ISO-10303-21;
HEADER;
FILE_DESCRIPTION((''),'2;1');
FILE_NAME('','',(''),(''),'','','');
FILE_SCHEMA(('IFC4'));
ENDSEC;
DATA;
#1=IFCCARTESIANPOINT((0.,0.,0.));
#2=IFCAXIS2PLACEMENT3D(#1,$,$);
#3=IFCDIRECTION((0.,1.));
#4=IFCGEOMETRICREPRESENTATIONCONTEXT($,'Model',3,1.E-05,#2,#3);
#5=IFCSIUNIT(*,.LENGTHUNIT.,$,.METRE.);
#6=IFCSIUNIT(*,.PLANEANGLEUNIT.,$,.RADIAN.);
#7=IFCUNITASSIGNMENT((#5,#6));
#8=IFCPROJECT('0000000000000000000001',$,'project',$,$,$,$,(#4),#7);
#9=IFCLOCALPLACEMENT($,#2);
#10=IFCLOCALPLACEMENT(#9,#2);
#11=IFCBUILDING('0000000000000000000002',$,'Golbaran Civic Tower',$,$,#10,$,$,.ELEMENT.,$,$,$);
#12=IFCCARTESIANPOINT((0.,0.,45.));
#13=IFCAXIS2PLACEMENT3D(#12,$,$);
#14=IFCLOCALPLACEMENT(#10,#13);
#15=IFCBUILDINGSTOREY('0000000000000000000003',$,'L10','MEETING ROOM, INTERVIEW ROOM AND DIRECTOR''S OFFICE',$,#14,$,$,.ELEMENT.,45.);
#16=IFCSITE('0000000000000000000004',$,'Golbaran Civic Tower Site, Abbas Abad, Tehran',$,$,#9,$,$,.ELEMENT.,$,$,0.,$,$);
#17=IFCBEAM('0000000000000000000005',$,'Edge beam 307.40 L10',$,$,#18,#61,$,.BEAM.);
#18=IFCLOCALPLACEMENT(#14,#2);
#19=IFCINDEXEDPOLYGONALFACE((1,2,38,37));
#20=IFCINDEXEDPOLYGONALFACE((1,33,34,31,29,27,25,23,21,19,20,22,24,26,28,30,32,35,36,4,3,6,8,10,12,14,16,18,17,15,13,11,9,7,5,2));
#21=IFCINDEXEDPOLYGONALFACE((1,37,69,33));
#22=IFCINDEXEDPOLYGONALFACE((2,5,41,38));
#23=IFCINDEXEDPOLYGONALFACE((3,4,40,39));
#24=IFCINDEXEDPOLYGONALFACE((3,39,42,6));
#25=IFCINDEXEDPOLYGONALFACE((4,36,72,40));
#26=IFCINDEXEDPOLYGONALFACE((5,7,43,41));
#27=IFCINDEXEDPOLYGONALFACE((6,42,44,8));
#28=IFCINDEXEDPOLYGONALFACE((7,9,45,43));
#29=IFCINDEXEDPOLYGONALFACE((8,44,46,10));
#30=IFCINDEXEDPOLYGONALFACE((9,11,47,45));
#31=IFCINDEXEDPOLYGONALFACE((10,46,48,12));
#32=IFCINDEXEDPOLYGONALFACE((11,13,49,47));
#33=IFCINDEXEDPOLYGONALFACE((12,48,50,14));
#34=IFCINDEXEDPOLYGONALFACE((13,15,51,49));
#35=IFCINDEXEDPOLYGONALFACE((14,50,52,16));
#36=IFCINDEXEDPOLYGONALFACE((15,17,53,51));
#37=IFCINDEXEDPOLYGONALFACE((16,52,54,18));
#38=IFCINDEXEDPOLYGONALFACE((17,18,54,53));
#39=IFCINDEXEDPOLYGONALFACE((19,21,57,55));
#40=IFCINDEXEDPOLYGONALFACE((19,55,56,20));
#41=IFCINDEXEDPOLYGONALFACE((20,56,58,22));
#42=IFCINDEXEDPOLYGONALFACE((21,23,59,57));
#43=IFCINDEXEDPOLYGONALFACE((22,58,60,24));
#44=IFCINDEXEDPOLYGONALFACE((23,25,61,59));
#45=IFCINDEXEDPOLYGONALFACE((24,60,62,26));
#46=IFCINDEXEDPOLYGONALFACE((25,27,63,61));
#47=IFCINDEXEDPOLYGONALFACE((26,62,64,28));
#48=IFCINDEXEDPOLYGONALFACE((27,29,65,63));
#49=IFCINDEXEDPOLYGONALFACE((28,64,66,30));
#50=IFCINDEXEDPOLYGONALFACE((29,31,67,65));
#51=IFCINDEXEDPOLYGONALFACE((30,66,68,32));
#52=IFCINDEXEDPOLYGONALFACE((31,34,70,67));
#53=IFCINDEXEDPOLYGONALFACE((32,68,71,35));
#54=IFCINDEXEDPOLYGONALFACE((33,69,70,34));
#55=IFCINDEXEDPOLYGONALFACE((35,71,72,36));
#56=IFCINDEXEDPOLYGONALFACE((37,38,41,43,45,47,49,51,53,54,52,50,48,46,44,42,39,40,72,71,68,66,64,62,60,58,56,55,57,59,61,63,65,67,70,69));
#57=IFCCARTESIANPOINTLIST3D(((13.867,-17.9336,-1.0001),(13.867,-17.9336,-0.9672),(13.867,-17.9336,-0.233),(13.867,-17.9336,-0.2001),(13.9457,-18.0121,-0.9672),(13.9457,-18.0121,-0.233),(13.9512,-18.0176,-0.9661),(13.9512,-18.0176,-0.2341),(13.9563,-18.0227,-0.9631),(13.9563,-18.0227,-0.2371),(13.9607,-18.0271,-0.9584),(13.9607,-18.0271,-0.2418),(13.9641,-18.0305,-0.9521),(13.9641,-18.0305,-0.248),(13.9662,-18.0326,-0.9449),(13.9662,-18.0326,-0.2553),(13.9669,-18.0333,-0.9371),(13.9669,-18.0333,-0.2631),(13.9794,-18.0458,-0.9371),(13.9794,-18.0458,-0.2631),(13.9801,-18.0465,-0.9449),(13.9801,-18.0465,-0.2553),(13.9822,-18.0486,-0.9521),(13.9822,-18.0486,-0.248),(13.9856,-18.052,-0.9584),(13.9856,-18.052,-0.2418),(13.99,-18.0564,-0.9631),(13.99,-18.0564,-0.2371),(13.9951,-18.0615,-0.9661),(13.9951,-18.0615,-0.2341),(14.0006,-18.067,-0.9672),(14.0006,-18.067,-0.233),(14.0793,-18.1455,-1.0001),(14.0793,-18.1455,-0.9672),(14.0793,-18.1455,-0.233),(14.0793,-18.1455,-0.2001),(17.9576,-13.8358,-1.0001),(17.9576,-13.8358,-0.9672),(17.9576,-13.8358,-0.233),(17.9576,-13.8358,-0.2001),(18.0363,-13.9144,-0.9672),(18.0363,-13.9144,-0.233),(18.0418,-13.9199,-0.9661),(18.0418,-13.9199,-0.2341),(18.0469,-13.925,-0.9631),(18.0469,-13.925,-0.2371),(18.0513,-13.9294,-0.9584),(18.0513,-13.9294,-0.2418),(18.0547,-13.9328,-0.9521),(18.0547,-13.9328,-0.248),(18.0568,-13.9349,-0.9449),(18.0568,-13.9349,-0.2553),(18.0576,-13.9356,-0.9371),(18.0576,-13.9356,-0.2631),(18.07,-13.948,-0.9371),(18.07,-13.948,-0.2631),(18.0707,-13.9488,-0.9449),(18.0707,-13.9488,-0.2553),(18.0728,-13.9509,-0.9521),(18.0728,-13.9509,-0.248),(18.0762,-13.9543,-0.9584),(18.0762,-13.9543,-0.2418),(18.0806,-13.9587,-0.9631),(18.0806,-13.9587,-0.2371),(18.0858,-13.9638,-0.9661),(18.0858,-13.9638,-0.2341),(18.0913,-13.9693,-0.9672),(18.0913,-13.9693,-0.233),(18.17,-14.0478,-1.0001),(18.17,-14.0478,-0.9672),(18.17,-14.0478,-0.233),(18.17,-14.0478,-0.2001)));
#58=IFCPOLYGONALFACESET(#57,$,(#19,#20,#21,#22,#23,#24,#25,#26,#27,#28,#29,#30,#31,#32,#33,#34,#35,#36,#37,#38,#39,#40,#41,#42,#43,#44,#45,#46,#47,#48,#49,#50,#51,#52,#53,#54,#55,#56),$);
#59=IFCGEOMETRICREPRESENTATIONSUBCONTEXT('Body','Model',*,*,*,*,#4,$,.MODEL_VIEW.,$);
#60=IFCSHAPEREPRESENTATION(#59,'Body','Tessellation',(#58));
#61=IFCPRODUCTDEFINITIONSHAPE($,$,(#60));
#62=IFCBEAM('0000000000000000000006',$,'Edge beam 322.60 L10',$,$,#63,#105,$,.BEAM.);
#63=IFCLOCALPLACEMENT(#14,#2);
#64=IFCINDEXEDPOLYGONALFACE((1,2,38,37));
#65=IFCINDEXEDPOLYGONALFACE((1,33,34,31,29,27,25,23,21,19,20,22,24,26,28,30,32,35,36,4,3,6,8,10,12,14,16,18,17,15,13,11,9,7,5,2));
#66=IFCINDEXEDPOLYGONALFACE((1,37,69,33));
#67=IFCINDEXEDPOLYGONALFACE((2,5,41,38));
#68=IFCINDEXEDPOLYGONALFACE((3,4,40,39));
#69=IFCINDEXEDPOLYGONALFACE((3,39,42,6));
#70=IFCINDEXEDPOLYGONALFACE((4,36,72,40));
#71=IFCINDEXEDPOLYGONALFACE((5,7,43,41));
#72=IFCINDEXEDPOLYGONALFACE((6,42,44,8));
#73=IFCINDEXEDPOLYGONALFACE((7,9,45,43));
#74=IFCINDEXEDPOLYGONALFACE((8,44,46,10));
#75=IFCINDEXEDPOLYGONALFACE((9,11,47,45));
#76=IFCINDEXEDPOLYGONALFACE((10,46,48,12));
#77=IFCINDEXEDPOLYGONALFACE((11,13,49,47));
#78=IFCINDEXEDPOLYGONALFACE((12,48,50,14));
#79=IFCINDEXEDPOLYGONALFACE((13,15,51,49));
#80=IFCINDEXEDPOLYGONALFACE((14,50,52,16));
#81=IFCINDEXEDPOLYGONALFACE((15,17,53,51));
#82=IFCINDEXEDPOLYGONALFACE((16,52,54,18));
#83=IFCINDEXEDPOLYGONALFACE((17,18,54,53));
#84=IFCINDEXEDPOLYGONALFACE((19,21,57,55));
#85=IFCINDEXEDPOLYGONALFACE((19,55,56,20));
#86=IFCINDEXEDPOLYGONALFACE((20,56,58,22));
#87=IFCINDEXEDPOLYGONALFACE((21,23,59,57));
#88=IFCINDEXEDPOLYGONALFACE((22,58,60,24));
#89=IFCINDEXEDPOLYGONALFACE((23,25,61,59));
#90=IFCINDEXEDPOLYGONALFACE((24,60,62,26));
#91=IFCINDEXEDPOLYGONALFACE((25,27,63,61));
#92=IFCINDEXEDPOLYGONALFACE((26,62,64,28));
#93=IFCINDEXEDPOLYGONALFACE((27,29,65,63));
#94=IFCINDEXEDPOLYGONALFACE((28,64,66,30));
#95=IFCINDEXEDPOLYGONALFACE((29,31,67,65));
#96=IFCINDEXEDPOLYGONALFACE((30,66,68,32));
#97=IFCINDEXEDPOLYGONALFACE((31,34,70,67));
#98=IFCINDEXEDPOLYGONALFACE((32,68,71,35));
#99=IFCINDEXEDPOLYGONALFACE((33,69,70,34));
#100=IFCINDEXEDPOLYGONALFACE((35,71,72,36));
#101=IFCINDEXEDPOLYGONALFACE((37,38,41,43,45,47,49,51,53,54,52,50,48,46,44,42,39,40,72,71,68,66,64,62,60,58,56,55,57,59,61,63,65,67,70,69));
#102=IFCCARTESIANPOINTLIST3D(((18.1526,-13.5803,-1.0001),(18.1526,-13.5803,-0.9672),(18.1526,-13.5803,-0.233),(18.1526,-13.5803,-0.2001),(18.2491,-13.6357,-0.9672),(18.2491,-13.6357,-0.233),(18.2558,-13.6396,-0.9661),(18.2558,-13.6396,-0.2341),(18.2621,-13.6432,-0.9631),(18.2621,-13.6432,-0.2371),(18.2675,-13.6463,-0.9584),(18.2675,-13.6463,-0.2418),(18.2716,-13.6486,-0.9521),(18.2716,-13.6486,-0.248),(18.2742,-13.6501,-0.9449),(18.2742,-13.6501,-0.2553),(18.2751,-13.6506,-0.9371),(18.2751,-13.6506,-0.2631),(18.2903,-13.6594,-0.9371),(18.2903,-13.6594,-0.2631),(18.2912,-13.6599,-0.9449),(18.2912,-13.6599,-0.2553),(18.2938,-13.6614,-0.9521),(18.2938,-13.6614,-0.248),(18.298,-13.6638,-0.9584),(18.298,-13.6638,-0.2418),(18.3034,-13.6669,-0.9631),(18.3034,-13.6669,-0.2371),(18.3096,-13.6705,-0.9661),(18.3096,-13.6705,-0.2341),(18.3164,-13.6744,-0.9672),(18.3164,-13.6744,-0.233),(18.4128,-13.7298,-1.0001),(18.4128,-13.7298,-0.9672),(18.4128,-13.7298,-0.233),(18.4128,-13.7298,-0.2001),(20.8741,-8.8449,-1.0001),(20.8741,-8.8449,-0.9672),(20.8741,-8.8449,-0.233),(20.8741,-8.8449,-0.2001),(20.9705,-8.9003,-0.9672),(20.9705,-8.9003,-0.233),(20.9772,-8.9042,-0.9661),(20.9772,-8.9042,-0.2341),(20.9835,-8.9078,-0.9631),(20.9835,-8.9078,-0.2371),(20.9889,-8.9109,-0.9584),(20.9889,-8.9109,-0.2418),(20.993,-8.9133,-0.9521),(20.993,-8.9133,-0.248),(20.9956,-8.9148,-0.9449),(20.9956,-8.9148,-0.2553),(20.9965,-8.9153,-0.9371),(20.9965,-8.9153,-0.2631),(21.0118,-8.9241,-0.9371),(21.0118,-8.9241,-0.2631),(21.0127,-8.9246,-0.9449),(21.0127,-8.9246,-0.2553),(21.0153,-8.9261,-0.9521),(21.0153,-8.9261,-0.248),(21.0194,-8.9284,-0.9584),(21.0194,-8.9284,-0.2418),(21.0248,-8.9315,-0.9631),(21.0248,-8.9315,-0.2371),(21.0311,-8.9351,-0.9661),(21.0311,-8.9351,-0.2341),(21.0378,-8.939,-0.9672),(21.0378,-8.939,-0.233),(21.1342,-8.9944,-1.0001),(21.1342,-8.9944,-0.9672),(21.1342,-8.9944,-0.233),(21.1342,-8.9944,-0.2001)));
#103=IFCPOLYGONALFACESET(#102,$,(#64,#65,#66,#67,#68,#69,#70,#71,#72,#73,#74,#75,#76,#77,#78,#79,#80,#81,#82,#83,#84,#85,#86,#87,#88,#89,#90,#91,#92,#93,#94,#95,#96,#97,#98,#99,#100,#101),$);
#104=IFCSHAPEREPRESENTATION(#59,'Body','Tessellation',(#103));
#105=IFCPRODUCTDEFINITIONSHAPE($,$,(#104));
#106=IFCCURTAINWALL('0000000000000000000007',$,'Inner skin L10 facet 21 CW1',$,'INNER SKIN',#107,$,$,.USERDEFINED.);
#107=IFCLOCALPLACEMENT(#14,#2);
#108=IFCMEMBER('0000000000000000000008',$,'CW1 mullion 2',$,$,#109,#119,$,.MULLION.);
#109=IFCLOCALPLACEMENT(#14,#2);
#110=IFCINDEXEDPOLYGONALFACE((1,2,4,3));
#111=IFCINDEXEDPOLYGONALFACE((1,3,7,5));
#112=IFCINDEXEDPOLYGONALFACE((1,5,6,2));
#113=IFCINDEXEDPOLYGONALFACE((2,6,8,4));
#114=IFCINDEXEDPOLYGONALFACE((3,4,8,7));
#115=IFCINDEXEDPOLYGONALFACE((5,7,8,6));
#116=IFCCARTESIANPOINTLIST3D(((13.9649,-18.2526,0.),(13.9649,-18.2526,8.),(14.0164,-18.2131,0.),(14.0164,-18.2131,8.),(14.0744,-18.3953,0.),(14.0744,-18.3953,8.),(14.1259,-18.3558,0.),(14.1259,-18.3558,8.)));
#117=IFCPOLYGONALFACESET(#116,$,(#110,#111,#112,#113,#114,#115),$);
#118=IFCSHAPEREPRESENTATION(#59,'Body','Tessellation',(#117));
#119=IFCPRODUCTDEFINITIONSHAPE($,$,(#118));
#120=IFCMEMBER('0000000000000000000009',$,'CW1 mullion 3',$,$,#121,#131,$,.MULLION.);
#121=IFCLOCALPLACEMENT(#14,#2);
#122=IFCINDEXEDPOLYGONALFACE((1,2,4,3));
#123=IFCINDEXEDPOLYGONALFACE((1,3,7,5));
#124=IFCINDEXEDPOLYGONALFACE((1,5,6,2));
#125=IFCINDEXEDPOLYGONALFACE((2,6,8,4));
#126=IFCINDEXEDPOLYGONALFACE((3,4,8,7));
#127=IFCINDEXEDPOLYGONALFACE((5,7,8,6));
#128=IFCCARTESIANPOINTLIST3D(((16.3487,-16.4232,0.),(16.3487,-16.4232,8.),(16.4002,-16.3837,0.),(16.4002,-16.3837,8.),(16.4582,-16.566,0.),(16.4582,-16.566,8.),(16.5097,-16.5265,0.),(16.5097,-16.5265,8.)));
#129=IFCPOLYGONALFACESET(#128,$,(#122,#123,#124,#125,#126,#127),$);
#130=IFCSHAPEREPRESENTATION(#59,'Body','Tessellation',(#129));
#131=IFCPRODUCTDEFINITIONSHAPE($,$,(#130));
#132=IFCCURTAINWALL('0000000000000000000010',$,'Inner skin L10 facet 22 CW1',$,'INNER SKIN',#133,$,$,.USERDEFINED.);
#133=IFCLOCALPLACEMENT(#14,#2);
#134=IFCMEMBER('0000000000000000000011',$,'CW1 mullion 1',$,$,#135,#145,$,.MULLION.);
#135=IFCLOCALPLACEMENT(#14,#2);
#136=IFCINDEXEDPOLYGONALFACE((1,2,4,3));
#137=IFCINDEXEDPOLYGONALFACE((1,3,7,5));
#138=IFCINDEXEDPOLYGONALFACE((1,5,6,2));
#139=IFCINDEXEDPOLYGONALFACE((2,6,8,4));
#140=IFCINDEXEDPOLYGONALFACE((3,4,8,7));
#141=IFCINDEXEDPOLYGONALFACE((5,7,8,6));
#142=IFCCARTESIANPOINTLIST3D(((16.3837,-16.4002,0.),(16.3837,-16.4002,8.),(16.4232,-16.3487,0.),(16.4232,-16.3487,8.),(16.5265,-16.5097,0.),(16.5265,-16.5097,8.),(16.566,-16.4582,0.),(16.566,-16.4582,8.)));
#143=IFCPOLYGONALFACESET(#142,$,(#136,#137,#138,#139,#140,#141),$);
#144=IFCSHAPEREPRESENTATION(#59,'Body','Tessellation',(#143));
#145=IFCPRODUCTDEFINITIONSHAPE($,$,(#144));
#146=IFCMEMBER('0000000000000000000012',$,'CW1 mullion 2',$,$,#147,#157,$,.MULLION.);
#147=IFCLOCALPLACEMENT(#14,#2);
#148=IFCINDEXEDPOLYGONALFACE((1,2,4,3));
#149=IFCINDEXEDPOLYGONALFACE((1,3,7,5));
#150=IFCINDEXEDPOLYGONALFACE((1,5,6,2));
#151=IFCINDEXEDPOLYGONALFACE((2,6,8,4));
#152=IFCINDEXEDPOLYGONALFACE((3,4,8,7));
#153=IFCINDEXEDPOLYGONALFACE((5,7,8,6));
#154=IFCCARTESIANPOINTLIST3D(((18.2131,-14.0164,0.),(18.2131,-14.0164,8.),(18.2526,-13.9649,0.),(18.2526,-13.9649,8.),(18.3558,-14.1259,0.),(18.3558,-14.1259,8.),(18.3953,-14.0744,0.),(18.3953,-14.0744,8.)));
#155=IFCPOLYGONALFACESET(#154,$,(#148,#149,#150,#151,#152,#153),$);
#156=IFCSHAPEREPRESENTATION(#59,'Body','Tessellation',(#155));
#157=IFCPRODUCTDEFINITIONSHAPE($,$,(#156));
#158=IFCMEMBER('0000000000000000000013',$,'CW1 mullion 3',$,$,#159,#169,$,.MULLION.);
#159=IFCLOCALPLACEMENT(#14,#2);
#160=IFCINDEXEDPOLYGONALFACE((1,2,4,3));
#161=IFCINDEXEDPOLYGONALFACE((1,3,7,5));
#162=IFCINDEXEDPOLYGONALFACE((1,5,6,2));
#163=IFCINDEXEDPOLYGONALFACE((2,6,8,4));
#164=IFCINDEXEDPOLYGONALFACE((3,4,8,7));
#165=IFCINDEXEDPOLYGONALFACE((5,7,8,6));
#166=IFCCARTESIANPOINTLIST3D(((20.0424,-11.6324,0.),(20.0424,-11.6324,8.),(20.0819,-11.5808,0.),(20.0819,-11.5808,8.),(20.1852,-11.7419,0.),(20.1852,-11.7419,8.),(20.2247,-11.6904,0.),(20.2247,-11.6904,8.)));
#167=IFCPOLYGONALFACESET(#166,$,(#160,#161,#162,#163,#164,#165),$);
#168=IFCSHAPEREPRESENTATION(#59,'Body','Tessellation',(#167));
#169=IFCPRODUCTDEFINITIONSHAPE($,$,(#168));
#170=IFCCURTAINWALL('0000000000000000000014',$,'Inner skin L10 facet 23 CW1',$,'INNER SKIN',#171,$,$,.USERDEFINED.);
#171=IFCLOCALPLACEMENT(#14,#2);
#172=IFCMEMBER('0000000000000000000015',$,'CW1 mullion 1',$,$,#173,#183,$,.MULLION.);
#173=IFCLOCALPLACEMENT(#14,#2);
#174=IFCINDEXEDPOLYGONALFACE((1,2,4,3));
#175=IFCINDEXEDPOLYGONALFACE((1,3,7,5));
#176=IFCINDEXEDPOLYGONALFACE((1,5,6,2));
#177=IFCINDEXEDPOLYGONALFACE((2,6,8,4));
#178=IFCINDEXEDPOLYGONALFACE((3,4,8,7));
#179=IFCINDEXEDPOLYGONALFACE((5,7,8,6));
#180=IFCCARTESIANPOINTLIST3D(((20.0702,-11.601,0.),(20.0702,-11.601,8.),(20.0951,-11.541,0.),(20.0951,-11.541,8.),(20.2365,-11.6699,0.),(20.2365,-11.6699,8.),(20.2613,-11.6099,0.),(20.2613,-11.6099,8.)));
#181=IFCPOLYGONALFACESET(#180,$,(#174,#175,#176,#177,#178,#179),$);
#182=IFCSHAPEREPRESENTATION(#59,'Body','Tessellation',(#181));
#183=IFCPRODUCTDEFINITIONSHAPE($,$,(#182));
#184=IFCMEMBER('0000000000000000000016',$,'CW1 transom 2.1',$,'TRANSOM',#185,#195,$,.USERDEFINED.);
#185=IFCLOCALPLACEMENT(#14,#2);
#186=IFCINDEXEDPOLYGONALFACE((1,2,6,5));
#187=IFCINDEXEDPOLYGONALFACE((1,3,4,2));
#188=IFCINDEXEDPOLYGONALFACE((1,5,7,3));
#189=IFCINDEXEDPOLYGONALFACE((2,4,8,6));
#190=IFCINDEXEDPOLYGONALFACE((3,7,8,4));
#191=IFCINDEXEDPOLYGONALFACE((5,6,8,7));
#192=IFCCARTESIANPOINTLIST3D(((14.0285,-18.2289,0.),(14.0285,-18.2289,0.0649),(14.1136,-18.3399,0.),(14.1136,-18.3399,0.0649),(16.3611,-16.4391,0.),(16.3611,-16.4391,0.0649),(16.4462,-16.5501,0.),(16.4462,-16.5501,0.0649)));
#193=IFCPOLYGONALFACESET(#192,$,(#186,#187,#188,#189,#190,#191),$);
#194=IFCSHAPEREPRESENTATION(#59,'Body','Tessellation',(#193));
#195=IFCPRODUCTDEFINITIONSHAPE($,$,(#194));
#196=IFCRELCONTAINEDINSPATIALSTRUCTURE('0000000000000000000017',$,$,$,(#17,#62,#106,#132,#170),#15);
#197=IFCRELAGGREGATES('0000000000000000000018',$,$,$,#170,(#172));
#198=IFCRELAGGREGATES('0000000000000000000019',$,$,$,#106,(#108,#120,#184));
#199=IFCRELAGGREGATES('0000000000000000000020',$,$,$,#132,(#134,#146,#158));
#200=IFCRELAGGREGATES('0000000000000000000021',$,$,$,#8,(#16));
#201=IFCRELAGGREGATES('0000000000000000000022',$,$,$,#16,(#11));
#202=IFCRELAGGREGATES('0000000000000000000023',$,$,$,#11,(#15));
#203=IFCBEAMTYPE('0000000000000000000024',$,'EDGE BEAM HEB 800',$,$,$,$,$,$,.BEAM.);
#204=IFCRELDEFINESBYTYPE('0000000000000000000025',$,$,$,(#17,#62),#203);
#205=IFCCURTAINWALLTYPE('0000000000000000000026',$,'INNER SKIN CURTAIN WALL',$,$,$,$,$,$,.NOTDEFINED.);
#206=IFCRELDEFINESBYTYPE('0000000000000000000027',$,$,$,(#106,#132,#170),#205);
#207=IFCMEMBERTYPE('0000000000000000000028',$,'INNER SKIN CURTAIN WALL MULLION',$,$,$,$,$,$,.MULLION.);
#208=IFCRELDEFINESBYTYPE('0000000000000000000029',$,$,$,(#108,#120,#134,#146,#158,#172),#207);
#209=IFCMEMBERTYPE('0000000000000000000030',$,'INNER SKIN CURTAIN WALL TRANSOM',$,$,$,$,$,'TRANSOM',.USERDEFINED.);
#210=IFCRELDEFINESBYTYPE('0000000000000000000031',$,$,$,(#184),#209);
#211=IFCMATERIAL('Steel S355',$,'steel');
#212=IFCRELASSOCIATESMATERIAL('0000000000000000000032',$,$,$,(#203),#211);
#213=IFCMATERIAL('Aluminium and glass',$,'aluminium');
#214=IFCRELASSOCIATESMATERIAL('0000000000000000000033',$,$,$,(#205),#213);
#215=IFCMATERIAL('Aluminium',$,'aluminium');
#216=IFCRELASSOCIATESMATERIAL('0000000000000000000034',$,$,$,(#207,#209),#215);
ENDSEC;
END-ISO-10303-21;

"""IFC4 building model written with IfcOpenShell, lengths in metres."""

from ifc_helpers import new_model, si_unit, direction, frame, origin, origin_2d, place, context, subcontext, project, spatial, rectangle, i_section, extrude, material, material_profile, profile_set, type_object, element, aggregate, save


model = new_model("IFC4")

# Units and contexts
model_context = context("Model", 3, precision=1e-05, world=origin(), true_north=direction((0.0, 1.0)))
body_context = subcontext(model_context, "Body", "Model", "MODEL_VIEW")
ifc_project = project(units=[si_unit("LENGTHUNIT", "METRE"), si_unit("PLANEANGLEUNIT", "RADIAN")], contexts=[model_context])

# Site, building, storey
site_placement = place(None, origin())
site = spatial("IfcSite", under=ifc_project, at=site_placement, Name="Golbaran Civic Tower Site, Abbas Abad, Tehran", CompositionType="ELEMENT", RefElevation=0.0)
building_placement = place(site_placement, origin())
building = spatial("IfcBuilding", under=site, at=building_placement, Name="Golbaran Civic Tower", CompositionType="ELEMENT")
storey_placement = place(building_placement, frame((0.0, 0.0, 45.0)))
storey = spatial("IfcBuildingStorey", under=building, at=storey_placement, Name="L10", Description="MEETING ROOM, INTERVIEW ROOM AND DIRECTOR'S OFFICE", CompositionType="ELEMENT", Elevation=45.0)

# Beams
ifc_material_1 = material(Name="Steel S355", Category="steel")
ifc_material_profile_1 = material_profile(ifc_material_1, i_section(OverallWidth=0.3, OverallDepth=0.8, WebThickness=0.0176, FlangeThickness=0.033, FilletRadius=0.03, at=origin_2d()), Name="HEB 800")
ifc_profile_set_1 = profile_set([ifc_material_profile_1], Name="Steel S355")
beam_type = type_object("IfcBeamType", Name="EDGE BEAM HEB 800", PredefinedType="BEAM", material=ifc_profile_set_1)
beam_1_placement = place(storey_placement, frame((13.9731, -18.0396, -0.6001), z_axis=(0.706495, 0.707718, 0.0), x_axis=(-0.707718, 0.706495, 0.0)))
element("IfcBeam", 1, at=beam_1_placement, inside=storey, type_object=beam_type, Name="Edge beam 307.40 L10", PredefinedType="BEAM", context=body_context, shape_type="SweptSolid", body=[
    extrude(i_section(OverallWidth=0.3, OverallDepth=0.8, WebThickness=0.0176, FlangeThickness=0.033, FilletRadius=0.03, at=origin_2d()), origin(), (0.0, 0.0, 1.0), 5.79),
])
beam_2_placement = place(storey_placement, frame((18.2827, -13.655, -0.6001), z_axis=(0.49828, 0.867016, 0.0), x_axis=(-0.867016, 0.49828, 0.0)))
element("IfcBeam", 2, at=beam_2_placement, inside=storey, type_object=beam_type, Name="Edge beam 322.60 L10", PredefinedType="BEAM", context=body_context, shape_type="SweptSolid", body=[
    extrude(i_section(OverallWidth=0.3, OverallDepth=0.8, WebThickness=0.0176, FlangeThickness=0.033, FilletRadius=0.03, at=origin_2d()), origin(), (0.0, 0.0, 1.0), 5.4617),
])

# Curtain walls, members
ifc_material_2 = material(Name="Aluminium and glass", Category="aluminium")
curtain_wall_type = type_object("IfcCurtainWallType", Name="INNER SKIN CURTAIN WALL", PredefinedType="NOTDEFINED", material=ifc_material_2)
curtain_wall_1_placement = place(storey_placement, origin())
curtain_wall_1 = element("IfcCurtainWall", 3, at=curtain_wall_1_placement, inside=storey, type_object=curtain_wall_type, Name="Inner skin L10 facet 21 CW1", ObjectType="INNER SKIN", PredefinedType="USERDEFINED")
ifc_material_3 = material(Name="Aluminium", Category="aluminium")
ifc_material_profile_2 = material_profile(ifc_material_3, rectangle(XDim=0.1799, YDim=0.0649, at=origin_2d()), Name="INNER SKIN CURTAIN WALL MULLION")
ifc_profile_set_2 = profile_set([ifc_material_profile_2], Name="Aluminium")
member_type_1 = type_object("IfcMemberType", Name="INNER SKIN CURTAIN WALL MULLION", PredefinedType="MULLION", material=ifc_profile_set_2)
member_1_placement = place(storey_placement, frame((14.0454, -18.3042, 0.0), z_axis=(0.0, 0.0, 1.0), x_axis=(-0.608761, 0.793353, 0.0)))
member_1 = element("IfcMember", 4, at=member_1_placement, type_object=member_type_1, Name="CW1 mullion 2", PredefinedType="MULLION", context=body_context, shape_type="SweptSolid", body=[
    extrude(rectangle(XDim=0.1799, YDim=0.0649, at=origin_2d()), origin(), (0.0, 0.0, 1.0), 8.0),
])
member_2_placement = place(storey_placement, frame((16.4292, -16.4749, 0.0), z_axis=(0.0, 0.0, 1.0), x_axis=(-0.608761, 0.793353, 0.0)))
member_2 = element("IfcMember", 5, at=member_2_placement, type_object=member_type_1, Name="CW1 mullion 3", PredefinedType="MULLION", context=body_context, shape_type="SweptSolid", body=[
    extrude(rectangle(XDim=0.1799, YDim=0.0649, at=origin_2d()), origin(), (0.0, 0.0, 1.0), 8.0),
])
curtain_wall_2_placement = place(storey_placement, origin())
curtain_wall_2 = element("IfcCurtainWall", 6, at=curtain_wall_2_placement, inside=storey, type_object=curtain_wall_type, Name="Inner skin L10 facet 22 CW1", ObjectType="INNER SKIN", PredefinedType="USERDEFINED")
member_3_placement = place(storey_placement, frame((16.4749, -16.4292, 0.0), z_axis=(0.0, 0.0, 1.0), x_axis=(-0.793353, 0.608761, 0.0)))
member_3 = element("IfcMember", 7, at=member_3_placement, type_object=member_type_1, Name="CW1 mullion 1", PredefinedType="MULLION", context=body_context, shape_type="SweptSolid", body=[
    extrude(rectangle(XDim=0.1799, YDim=0.0649, at=origin_2d()), origin(), (0.0, 0.0, 1.0), 8.0),
])
member_4_placement = place(storey_placement, frame((18.3042, -14.0454, 0.0), z_axis=(0.0, 0.0, 1.0), x_axis=(-0.793353, 0.608761, 0.0)))
member_4 = element("IfcMember", 8, at=member_4_placement, type_object=member_type_1, Name="CW1 mullion 2", PredefinedType="MULLION", context=body_context, shape_type="SweptSolid", body=[
    extrude(rectangle(XDim=0.1799, YDim=0.0649, at=origin_2d()), origin(), (0.0, 0.0, 1.0), 8.0),
])
member_5_placement = place(storey_placement, frame((20.1335, -11.6614, 0.0), z_axis=(0.0, 0.0, 1.0), x_axis=(-0.793353, 0.608761, 0.0)))
member_5 = element("IfcMember", 9, at=member_5_placement, type_object=member_type_1, Name="CW1 mullion 3", PredefinedType="MULLION", context=body_context, shape_type="SweptSolid", body=[
    extrude(rectangle(XDim=0.1799, YDim=0.0649, at=origin_2d()), origin(), (0.0, 0.0, 1.0), 8.0),
])

# Curtain wall, member
curtain_wall_3_placement = place(storey_placement, origin())
curtain_wall_3 = element("IfcCurtainWall", 10, at=curtain_wall_3_placement, inside=storey, type_object=curtain_wall_type, Name="Inner skin L10 facet 23 CW1", ObjectType="INNER SKIN", PredefinedType="USERDEFINED")
member_6_placement = place(storey_placement, frame((20.1658, -11.6055, 0.0), z_axis=(0.0, 0.0, 1.0), x_axis=(-0.92388, 0.382683, 0.0)))
member_6 = element("IfcMember", 11, at=member_6_placement, type_object=member_type_1, Name="CW1 mullion 1", PredefinedType="MULLION", context=body_context, shape_type="SweptSolid", body=[
    extrude(rectangle(XDim=0.1799, YDim=0.0649, at=origin_2d()), origin(), (0.0, 0.0, 1.0), 8.0),
])

# Member
ifc_material_profile_3 = material_profile(ifc_material_3, rectangle(XDim=0.1399, YDim=0.0649, at=origin_2d()), Name="INNER SKIN CURTAIN WALL TRANSOM")
ifc_profile_set_3 = profile_set([ifc_material_profile_3], Name="Aluminium")
member_type_2 = type_object("IfcMemberType", Name="INNER SKIN CURTAIN WALL TRANSOM", ElementType="TRANSOM", PredefinedType="USERDEFINED", material=ifc_profile_set_3)
member_7_placement = place(storey_placement, frame((14.071, -18.2844, 0.0325), z_axis=(0.793355, 0.608759, 0.0), x_axis=(-0.608759, 0.793355, 0.0)))
member_7 = element("IfcMember", 12, at=member_7_placement, type_object=member_type_2, Name="CW1 transom 2.1", ObjectType="TRANSOM", PredefinedType="USERDEFINED", context=body_context, shape_type="SweptSolid", body=[
    extrude(rectangle(XDim=0.1399, YDim=0.0649, at=origin_2d()), origin(), (0.0, 0.0, 1.0), 2.9402),
])

aggregate(curtain_wall_3, [member_6])
aggregate(curtain_wall_1, [member_1, member_2, member_7])
aggregate(curtain_wall_2, [member_3, member_4, member_5])

save(model, "model.ifc")
